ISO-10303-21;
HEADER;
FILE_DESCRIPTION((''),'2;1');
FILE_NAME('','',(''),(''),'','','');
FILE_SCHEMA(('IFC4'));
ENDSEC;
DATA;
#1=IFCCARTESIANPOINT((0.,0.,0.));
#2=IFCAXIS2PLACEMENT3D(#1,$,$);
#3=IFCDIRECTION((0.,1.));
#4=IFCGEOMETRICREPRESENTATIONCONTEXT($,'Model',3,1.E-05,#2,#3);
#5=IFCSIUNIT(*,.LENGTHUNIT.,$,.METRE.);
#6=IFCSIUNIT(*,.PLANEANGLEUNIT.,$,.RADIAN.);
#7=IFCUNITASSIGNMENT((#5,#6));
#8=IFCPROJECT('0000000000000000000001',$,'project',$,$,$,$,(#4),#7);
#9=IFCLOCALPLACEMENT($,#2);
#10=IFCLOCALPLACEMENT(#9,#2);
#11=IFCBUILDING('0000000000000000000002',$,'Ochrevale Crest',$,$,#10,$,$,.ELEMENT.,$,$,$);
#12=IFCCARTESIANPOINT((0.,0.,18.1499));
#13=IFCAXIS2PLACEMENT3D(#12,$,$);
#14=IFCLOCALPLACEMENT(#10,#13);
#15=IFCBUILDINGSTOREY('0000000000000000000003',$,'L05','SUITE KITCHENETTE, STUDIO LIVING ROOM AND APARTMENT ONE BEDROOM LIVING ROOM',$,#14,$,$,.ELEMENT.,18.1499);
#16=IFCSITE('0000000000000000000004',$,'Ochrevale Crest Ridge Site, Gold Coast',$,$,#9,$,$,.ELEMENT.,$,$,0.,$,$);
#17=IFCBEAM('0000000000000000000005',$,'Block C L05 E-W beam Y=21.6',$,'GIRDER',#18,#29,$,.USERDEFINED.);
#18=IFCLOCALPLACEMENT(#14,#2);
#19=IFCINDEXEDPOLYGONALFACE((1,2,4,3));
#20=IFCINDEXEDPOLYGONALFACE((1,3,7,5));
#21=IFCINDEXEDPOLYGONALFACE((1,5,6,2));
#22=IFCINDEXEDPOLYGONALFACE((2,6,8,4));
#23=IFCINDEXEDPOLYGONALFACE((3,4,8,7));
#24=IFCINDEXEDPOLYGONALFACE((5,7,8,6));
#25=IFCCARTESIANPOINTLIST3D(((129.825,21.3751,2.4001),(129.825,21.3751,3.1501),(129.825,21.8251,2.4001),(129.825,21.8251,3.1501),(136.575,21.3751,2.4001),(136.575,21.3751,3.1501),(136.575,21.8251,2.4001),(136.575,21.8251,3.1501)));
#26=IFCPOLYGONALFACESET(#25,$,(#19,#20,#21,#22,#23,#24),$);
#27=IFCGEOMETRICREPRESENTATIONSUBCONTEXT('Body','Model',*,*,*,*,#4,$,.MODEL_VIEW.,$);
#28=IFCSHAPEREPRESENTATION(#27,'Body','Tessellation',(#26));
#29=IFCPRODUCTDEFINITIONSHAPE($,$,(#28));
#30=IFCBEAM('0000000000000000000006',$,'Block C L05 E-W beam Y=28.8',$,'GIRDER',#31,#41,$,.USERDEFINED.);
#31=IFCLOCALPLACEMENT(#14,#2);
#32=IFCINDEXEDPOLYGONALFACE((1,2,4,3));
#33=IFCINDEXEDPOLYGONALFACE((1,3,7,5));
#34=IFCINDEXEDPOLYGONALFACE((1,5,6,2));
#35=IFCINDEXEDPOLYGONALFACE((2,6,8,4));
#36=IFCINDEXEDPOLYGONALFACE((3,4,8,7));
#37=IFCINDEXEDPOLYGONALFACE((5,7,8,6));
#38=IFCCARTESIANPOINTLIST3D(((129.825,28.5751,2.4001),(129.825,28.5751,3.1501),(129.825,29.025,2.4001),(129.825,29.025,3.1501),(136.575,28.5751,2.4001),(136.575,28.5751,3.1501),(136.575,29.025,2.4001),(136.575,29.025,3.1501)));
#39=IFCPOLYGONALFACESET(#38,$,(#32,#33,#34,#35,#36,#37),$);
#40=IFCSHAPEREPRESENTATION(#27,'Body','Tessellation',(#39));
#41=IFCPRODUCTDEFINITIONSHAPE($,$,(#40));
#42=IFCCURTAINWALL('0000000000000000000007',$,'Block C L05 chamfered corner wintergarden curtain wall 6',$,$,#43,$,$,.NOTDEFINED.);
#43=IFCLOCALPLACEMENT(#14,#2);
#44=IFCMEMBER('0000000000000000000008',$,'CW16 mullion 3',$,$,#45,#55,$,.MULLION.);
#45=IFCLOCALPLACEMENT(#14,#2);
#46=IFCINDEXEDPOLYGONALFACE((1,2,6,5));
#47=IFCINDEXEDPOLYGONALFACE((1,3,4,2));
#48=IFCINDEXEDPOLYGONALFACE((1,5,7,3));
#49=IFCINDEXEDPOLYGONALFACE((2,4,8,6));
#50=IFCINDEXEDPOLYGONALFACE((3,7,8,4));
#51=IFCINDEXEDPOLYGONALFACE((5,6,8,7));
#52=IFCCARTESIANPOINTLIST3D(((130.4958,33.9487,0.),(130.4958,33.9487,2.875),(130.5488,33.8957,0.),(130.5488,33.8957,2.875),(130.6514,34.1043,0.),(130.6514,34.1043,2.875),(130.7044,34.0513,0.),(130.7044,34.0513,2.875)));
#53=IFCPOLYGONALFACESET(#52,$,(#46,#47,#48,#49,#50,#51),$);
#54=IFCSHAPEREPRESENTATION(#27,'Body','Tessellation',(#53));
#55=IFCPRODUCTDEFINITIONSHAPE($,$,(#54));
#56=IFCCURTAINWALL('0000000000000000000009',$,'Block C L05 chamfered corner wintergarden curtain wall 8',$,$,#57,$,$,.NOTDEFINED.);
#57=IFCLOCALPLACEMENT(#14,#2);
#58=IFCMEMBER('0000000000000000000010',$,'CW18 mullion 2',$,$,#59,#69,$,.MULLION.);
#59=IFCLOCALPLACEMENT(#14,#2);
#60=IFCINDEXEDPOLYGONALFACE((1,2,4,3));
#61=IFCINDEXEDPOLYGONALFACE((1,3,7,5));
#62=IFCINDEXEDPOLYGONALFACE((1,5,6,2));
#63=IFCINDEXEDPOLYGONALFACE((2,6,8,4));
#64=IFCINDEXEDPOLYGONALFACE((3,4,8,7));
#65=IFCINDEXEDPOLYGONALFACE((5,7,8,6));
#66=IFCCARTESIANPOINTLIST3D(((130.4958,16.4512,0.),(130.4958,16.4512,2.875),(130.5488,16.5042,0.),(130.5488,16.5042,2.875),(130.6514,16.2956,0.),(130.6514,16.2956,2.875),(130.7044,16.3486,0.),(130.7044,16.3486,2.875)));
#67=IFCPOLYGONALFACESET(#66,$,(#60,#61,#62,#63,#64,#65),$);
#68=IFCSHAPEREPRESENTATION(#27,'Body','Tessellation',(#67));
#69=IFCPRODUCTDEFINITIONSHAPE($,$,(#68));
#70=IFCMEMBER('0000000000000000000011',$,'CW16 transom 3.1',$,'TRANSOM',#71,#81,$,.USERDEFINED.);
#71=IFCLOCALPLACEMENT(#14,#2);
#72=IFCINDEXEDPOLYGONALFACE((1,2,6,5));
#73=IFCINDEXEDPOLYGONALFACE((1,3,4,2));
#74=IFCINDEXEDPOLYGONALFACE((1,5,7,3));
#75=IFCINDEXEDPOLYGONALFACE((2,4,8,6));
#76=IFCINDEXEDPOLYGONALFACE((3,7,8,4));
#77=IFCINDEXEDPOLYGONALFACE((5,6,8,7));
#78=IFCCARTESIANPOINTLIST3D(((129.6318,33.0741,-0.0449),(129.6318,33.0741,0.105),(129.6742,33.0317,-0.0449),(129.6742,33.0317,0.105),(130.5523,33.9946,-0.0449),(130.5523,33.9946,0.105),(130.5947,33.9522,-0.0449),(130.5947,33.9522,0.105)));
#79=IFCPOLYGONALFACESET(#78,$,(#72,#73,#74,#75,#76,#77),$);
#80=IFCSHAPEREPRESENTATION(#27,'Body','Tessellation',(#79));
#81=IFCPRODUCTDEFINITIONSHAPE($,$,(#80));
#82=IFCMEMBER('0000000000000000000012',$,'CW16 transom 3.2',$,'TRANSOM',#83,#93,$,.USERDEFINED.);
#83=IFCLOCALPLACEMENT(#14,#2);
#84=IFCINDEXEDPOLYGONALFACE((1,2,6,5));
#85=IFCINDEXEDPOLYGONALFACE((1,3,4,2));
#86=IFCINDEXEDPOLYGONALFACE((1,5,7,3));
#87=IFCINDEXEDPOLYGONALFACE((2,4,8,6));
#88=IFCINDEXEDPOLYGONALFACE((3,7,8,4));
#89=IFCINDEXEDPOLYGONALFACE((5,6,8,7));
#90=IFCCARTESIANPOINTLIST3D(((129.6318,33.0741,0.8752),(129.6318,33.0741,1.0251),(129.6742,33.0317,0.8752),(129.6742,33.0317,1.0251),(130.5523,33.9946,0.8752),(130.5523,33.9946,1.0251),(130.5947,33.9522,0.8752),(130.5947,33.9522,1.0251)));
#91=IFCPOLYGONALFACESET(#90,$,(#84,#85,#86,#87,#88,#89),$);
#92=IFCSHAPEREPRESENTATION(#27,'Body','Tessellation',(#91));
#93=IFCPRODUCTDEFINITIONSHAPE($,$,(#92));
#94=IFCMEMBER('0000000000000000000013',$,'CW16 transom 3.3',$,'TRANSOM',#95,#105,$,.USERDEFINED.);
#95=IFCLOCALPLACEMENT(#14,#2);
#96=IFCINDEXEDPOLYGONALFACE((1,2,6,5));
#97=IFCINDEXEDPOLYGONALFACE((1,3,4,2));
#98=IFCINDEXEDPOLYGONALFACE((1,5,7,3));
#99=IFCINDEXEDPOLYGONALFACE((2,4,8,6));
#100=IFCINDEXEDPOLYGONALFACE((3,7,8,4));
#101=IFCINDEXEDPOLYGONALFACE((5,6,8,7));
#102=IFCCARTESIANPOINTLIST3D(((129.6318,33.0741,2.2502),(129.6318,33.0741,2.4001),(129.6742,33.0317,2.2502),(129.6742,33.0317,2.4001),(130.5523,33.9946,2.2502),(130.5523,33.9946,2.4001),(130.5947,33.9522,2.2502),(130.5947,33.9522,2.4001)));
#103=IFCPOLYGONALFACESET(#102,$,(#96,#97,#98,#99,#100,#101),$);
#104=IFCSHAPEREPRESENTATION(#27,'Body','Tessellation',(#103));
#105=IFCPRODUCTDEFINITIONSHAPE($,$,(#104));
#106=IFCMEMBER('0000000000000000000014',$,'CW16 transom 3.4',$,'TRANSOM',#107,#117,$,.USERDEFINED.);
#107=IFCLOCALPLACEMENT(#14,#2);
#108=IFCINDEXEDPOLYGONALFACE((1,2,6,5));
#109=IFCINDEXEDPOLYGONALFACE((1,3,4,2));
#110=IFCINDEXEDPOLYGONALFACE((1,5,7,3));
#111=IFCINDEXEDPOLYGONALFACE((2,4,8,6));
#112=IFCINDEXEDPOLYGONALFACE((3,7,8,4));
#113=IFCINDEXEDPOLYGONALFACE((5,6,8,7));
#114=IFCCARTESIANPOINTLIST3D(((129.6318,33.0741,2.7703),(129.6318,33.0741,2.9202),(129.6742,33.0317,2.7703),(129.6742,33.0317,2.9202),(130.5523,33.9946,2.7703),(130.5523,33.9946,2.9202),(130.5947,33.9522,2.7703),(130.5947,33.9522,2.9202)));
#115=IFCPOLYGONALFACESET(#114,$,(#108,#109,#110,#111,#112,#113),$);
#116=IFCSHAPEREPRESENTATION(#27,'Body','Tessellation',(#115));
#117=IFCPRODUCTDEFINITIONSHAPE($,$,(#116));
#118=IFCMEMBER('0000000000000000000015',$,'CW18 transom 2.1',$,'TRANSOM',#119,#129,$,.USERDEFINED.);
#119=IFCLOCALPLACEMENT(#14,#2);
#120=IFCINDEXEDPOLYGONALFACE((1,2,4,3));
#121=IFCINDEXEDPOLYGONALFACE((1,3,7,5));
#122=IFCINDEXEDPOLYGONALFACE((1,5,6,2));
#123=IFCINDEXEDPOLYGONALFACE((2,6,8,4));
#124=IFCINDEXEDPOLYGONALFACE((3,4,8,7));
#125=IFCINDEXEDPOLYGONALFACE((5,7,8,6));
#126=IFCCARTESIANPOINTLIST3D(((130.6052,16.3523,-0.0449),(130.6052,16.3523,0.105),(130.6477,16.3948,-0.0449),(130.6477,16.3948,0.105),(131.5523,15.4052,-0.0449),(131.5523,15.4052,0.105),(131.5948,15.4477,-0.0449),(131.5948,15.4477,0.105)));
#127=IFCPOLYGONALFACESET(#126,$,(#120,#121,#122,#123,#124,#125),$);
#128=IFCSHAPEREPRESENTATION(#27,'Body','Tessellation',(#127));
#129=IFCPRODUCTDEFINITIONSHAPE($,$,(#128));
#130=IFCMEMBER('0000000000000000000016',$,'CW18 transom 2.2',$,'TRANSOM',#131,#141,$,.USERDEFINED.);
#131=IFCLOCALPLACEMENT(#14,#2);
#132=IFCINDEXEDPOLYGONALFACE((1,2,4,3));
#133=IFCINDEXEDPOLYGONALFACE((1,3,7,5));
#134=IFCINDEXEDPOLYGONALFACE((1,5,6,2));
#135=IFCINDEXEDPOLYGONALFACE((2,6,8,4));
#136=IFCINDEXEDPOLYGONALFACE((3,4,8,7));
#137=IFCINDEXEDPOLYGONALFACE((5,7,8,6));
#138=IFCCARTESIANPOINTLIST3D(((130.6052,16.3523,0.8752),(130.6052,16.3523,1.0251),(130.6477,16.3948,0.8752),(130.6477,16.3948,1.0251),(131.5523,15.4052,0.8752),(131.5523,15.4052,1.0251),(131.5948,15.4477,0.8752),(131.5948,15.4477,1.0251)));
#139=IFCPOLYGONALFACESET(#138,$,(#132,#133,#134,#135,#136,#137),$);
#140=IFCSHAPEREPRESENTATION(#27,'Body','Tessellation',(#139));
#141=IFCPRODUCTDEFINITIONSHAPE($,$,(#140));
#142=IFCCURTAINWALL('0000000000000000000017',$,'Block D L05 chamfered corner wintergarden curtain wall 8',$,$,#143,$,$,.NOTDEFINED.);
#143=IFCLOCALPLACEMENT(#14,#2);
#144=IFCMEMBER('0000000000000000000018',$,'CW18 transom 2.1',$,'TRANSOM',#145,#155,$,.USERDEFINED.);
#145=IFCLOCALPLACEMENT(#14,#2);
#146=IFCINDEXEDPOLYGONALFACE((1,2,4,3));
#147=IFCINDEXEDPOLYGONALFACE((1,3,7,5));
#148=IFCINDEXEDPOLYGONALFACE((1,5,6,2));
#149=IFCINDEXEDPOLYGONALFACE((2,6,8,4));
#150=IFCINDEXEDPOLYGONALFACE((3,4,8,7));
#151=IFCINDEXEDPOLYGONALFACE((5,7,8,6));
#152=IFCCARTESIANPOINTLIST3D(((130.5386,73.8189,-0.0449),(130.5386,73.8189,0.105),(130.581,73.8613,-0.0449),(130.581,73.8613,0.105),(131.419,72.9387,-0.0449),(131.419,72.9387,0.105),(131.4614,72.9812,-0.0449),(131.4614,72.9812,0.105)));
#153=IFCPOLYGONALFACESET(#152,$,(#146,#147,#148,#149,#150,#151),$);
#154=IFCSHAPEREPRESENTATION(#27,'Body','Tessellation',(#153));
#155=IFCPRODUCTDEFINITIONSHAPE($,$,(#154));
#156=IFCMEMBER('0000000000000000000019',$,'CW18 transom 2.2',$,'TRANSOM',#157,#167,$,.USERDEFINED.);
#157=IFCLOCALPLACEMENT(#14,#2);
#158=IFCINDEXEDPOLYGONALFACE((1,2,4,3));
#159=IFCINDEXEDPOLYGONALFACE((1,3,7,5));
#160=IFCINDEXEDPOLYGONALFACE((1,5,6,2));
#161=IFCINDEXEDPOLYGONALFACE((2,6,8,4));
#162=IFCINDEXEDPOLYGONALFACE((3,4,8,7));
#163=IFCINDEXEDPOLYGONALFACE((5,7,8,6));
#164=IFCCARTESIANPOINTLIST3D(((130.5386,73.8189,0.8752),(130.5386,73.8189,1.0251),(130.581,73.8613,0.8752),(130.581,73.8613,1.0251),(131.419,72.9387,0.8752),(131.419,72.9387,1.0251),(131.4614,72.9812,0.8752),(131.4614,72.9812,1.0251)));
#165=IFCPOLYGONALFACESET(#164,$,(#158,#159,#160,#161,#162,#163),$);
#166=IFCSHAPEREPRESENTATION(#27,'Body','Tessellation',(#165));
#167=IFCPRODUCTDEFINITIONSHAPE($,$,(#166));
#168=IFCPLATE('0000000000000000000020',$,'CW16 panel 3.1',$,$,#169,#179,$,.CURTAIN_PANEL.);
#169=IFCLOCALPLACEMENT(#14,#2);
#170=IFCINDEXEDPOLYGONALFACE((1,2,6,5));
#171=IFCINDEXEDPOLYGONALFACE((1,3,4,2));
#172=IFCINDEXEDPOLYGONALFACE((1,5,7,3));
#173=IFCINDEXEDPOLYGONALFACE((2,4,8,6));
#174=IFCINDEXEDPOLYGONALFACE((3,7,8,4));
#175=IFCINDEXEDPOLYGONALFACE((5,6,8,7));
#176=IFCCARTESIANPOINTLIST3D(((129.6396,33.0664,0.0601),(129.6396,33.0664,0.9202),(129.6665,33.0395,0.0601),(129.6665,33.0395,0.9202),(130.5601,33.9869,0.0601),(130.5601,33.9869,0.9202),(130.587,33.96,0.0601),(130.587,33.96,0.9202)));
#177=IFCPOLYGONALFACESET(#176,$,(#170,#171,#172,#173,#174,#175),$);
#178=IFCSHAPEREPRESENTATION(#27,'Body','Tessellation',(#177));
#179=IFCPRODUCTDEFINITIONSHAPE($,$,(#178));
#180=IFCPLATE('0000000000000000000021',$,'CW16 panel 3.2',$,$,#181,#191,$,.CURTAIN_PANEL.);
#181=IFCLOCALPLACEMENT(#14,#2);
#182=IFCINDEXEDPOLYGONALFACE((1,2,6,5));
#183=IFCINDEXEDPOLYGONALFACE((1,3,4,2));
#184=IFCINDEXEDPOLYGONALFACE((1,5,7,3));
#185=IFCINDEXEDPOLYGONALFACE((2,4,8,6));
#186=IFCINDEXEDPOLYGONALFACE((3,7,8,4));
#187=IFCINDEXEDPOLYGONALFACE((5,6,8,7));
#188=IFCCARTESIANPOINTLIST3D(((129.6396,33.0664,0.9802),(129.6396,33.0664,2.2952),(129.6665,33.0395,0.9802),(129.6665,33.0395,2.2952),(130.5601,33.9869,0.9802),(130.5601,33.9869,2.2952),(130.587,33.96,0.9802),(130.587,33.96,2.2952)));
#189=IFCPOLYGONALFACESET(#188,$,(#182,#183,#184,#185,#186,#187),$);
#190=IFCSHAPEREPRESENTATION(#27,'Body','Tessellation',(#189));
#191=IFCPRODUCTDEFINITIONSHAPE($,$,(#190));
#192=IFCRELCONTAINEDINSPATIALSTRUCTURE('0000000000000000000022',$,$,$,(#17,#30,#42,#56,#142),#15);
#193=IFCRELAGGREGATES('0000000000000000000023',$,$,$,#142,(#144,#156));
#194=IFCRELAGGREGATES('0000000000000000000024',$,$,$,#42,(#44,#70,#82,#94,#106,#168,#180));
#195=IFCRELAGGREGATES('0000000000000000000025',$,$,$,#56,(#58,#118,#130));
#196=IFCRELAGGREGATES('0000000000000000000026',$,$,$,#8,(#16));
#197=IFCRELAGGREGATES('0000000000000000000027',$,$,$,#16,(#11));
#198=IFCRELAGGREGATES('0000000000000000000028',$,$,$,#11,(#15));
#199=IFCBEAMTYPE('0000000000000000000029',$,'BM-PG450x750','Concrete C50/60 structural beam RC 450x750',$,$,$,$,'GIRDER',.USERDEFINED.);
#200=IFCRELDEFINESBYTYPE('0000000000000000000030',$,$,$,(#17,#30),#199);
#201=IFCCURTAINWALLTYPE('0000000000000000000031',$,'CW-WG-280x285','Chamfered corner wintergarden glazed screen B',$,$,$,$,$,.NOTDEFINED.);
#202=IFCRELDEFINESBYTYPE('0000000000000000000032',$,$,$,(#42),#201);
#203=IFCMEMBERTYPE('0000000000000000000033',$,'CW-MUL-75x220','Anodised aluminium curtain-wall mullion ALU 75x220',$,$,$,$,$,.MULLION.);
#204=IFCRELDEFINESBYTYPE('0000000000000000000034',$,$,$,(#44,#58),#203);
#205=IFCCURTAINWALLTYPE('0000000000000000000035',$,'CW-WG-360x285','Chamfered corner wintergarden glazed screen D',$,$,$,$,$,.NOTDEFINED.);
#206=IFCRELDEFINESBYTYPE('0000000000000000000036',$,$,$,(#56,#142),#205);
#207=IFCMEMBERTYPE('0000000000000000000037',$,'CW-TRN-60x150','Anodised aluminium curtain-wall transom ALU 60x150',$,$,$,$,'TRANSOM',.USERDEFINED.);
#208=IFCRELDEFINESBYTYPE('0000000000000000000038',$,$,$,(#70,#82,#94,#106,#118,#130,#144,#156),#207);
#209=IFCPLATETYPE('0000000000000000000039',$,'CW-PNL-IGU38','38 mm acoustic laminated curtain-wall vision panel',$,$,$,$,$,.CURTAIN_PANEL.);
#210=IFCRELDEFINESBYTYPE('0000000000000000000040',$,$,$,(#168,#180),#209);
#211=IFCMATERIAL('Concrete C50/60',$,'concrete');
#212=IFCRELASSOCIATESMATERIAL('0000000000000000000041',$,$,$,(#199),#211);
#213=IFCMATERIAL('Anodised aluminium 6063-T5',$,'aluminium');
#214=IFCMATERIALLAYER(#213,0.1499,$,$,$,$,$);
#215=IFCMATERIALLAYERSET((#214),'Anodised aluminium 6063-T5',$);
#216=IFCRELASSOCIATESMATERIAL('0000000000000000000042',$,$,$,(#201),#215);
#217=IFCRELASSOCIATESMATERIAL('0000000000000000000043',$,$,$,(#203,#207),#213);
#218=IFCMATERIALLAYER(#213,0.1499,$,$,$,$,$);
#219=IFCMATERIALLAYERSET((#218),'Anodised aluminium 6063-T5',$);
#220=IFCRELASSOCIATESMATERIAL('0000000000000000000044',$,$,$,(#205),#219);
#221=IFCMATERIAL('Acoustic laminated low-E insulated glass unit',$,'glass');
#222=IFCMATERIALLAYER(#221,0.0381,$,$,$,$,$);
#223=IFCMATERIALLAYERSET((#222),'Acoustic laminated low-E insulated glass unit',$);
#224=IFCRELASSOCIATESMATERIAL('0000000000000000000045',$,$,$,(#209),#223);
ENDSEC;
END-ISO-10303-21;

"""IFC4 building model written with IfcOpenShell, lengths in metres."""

from ifc_helpers import new_model, si_unit, direction, frame, origin, origin_2d, place, context, subcontext, project, spatial, rectangle, extrude, material, layer, layer_set, material_profile, profile_set, type_object, element, aggregate, save


model = new_model("IFC4")

# Units and contexts
model_context = context("Model", 3, precision=1e-05, world=origin(), true_north=direction((0.0, 1.0)))
body_context = subcontext(model_context, "Body", "Model", "MODEL_VIEW")
ifc_project = project(units=[si_unit("LENGTHUNIT", "METRE"), si_unit("PLANEANGLEUNIT", "RADIAN")], contexts=[model_context])

# Site, building, storey
site_placement = place(None, origin())
site = spatial("IfcSite", under=ifc_project, at=site_placement, Name="Ochrevale Crest Ridge Site, Gold Coast", CompositionType="ELEMENT", RefElevation=0.0)
building_placement = place(site_placement, origin())
building = spatial("IfcBuilding", under=site, at=building_placement, Name="Ochrevale Crest", CompositionType="ELEMENT")
storey_placement = place(building_placement, frame((0.0, 0.0, 18.1499)))
storey = spatial("IfcBuildingStorey", under=building, at=storey_placement, Name="L05", Description="SUITE KITCHENETTE, STUDIO LIVING ROOM AND APARTMENT ONE BEDROOM LIVING ROOM", CompositionType="ELEMENT", Elevation=18.1499)

# Beams
ifc_material_1 = material(Name="Concrete C50/60", Category="concrete")
ifc_material_profile_1 = material_profile(ifc_material_1, rectangle(XDim=0.45, YDim=0.75, at=origin_2d()), Name="RC 450x750")
ifc_profile_set_1 = profile_set([ifc_material_profile_1], Name="Concrete C50/60")
beam_type = type_object("IfcBeamType", Name="BM-PG450x750", Description="Concrete C50/60 structural beam RC 450x750", ElementType="GIRDER", PredefinedType="USERDEFINED", material=ifc_profile_set_1)
for number, where, z_axis, x_axis, name in (
    (1, (129.825, 21.6001, 2.7751), (1.0, 0.0, 0.0), (0.0, 1.0, 0.0), "Block C L05 E-W beam Y=21.6"),
    (2, (129.825, 28.8, 2.7751), (1.0, 0.0, 0.0), (0.0, 1.0, 0.0), "Block C L05 E-W beam Y=28.8"),
):
    element("IfcBeam", number, at=place(storey_placement, frame(where, z_axis=z_axis, x_axis=x_axis)), inside=storey, type_object=beam_type, Name=name, ObjectType="GIRDER", PredefinedType="USERDEFINED", context=body_context, shape_type="SweptSolid", body=[
        extrude(rectangle(XDim=0.45, YDim=0.75, at=origin_2d()), origin(), (0.0, 0.0, 1.0), 6.75),
    ])

# Curtain walls, members
ifc_material_2 = material(Name="Anodised aluminium 6063-T5", Category="aluminium")
ifc_layer_1 = layer(ifc_material_2, 0.1499)
ifc_layer_set_1 = layer_set([ifc_layer_1], Name="Anodised aluminium 6063-T5")
curtain_wall_type_1 = type_object("IfcCurtainWallType", Name="CW-WG-280x285", Description="Chamfered corner wintergarden glazed screen B", PredefinedType="NOTDEFINED", material=ifc_layer_set_1)
curtain_wall_1_placement = place(storey_placement, origin())
curtain_wall_1 = element("IfcCurtainWall", 3, at=curtain_wall_1_placement, inside=storey, type_object=curtain_wall_type_1, Name="Block C L05 chamfered corner wintergarden curtain wall 6", PredefinedType="NOTDEFINED")
ifc_material_profile_2 = material_profile(ifc_material_2, rectangle(XDim=0.075, YDim=0.22, at=origin_2d()), Name="ALU 75x220")
ifc_profile_set_2 = profile_set([ifc_material_profile_2], Name="Anodised aluminium 6063-T5")
member_type_1 = type_object("IfcMemberType", Name="CW-MUL-75x220", Description="Anodised aluminium curtain-wall mullion ALU 75x220", PredefinedType="MULLION", material=ifc_profile_set_2)
member_1_placement = place(storey_placement, frame((130.6001, 34.0, 0.0), z_axis=(0.0, 0.0, 1.0), x_axis=(0.707107, -0.707107, 0.0)))
member_1 = element("IfcMember", 4, at=member_1_placement, type_object=member_type_1, Name="CW16 mullion 3", PredefinedType="MULLION", context=body_context, shape_type="SweptSolid", body=[
    extrude(rectangle(XDim=0.075, YDim=0.22, at=origin_2d()), origin(), (0.0, 0.0, 1.0), 2.875),
])
ifc_layer_2 = layer(ifc_material_2, 0.1499)
ifc_layer_set_2 = layer_set([ifc_layer_2], Name="Anodised aluminium 6063-T5")
curtain_wall_type_2 = type_object("IfcCurtainWallType", Name="CW-WG-360x285", Description="Chamfered corner wintergarden glazed screen D", PredefinedType="NOTDEFINED", material=ifc_layer_set_2)
curtain_wall_2_placement = place(storey_placement, origin())
curtain_wall_2 = element("IfcCurtainWall", 5, at=curtain_wall_2_placement, inside=storey, type_object=curtain_wall_type_2, Name="Block C L05 chamfered corner wintergarden curtain wall 8", PredefinedType="NOTDEFINED")
member_2_placement = place(storey_placement, frame((130.6001, 16.3999, 0.0), z_axis=(0.0, 0.0, 1.0), x_axis=(0.707107, 0.707107, 0.0)))
member_2 = element("IfcMember", 6, at=member_2_placement, type_object=member_type_1, Name="CW18 mullion 2", PredefinedType="MULLION", context=body_context, shape_type="SweptSolid", body=[
    extrude(rectangle(XDim=0.075, YDim=0.22, at=origin_2d()), origin(), (0.0, 0.0, 1.0), 2.875),
])

# Members
ifc_material_profile_3 = material_profile(ifc_material_2, rectangle(XDim=0.0601, YDim=0.1499, at=origin_2d()), Name="ALU 60x150")
ifc_profile_set_3 = profile_set([ifc_material_profile_3], Name="Anodised aluminium 6063-T5")
member_type_2 = type_object("IfcMemberType", Name="CW-TRN-60x150", Description="Anodised aluminium curtain-wall transom ALU 60x150", ElementType="TRANSOM", PredefinedType="USERDEFINED", material=ifc_profile_set_3)
member_3_placement = place(storey_placement, frame((130.5735, 33.9734, 0.03), z_axis=(-0.707107, -0.707107, 0.0), x_axis=(0.707107, -0.707107, 0.0)))
member_3 = element("IfcMember", 7, at=member_3_placement, type_object=member_type_2, Name="CW16 transom 3.1", ObjectType="TRANSOM", PredefinedType="USERDEFINED", context=body_context, shape_type="SweptSolid", body=[
    extrude(rectangle(XDim=0.0601, YDim=0.1499, at=origin_2d()), origin(), (0.0, 0.0, 1.0), 1.3018),
])
member_4_placement = place(storey_placement, frame((130.5735, 33.9734, 0.9502), z_axis=(-0.707107, -0.707107, 0.0), x_axis=(0.707107, -0.707107, 0.0)))
member_4 = element("IfcMember", 8, at=member_4_placement, type_object=member_type_2, Name="CW16 transom 3.2", ObjectType="TRANSOM", PredefinedType="USERDEFINED", context=body_context, shape_type="SweptSolid", body=[
    extrude(rectangle(XDim=0.0601, YDim=0.1499, at=origin_2d()), origin(), (0.0, 0.0, 1.0), 1.3018),
])
member_5_placement = place(storey_placement, frame((130.5735, 33.9734, 2.3252), z_axis=(-0.707107, -0.707107, 0.0), x_axis=(0.707107, -0.707107, 0.0)))
member_5 = element("IfcMember", 9, at=member_5_placement, type_object=member_type_2, Name="CW16 transom 3.3", ObjectType="TRANSOM", PredefinedType="USERDEFINED", context=body_context, shape_type="SweptSolid", body=[
    extrude(rectangle(XDim=0.0601, YDim=0.1499, at=origin_2d()), origin(), (0.0, 0.0, 1.0), 1.3018),
])
member_6_placement = place(storey_placement, frame((130.5735, 33.9734, 2.8452), z_axis=(-0.707107, -0.707107, 0.0), x_axis=(0.707107, -0.707107, 0.0)))
member_6 = element("IfcMember", 10, at=member_6_placement, type_object=member_type_2, Name="CW16 transom 3.4", ObjectType="TRANSOM", PredefinedType="USERDEFINED", context=body_context, shape_type="SweptSolid", body=[
    extrude(rectangle(XDim=0.0601, YDim=0.1499, at=origin_2d()), origin(), (0.0, 0.0, 1.0), 1.3018),
])
member_7_placement = place(storey_placement, frame((130.6265, 16.3735, 0.03), z_axis=(0.707107, -0.707107, 0.0), x_axis=(0.707107, 0.707107, 0.0)))
member_7 = element("IfcMember", 11, at=member_7_placement, type_object=member_type_2, Name="CW18 transom 2.1", ObjectType="TRANSOM", PredefinedType="USERDEFINED", context=body_context, shape_type="SweptSolid", body=[
    extrude(rectangle(XDim=0.0601, YDim=0.1499, at=origin_2d()), origin(), (0.0, 0.0, 1.0), 1.3394),
])
member_8_placement = place(storey_placement, frame((130.6265, 16.3735, 0.9502), z_axis=(0.707107, -0.707107, 0.0), x_axis=(0.707107, 0.707107, 0.0)))
member_8 = element("IfcMember", 12, at=member_8_placement, type_object=member_type_2, Name="CW18 transom 2.2", ObjectType="TRANSOM", PredefinedType="USERDEFINED", context=body_context, shape_type="SweptSolid", body=[
    extrude(rectangle(XDim=0.0601, YDim=0.1499, at=origin_2d()), origin(), (0.0, 0.0, 1.0), 1.3394),
])

# Curtain wall, members
curtain_wall_3_placement = place(storey_placement, origin())
curtain_wall_3 = element("IfcCurtainWall", 13, at=curtain_wall_3_placement, inside=storey, type_object=curtain_wall_type_2, Name="Block D L05 chamfered corner wintergarden curtain wall 8", PredefinedType="NOTDEFINED")
member_9_placement = place(storey_placement, frame((130.5598, 73.8401, 0.03), z_axis=(0.707205, -0.707009, 0.0), x_axis=(0.707009, 0.707205, 0.0)))
member_9 = element("IfcMember", 14, at=member_9_placement, type_object=member_type_2, Name="CW18 transom 2.1", ObjectType="TRANSOM", PredefinedType="USERDEFINED", context=body_context, shape_type="SweptSolid", body=[
    extrude(rectangle(XDim=0.0601, YDim=0.1499, at=origin_2d()), origin(), (0.0, 0.0, 1.0), 1.2449),
])
member_10_placement = place(storey_placement, frame((130.5598, 73.8401, 0.9502), z_axis=(0.707205, -0.707009, 0.0), x_axis=(0.707009, 0.707205, 0.0)))
member_10 = element("IfcMember", 15, at=member_10_placement, type_object=member_type_2, Name="CW18 transom 2.2", ObjectType="TRANSOM", PredefinedType="USERDEFINED", context=body_context, shape_type="SweptSolid", body=[
    extrude(rectangle(XDim=0.0601, YDim=0.1499, at=origin_2d()), origin(), (0.0, 0.0, 1.0), 1.2449),
])
aggregate(curtain_wall_3, [member_9, member_10])

# Plates
ifc_material_3 = material(Name="Acoustic laminated low-E insulated glass unit", Category="glass")
ifc_layer_3 = layer(ifc_material_3, 0.0381)
ifc_layer_set_3 = layer_set([ifc_layer_3], Name="Acoustic laminated low-E insulated glass unit")
plate_type = type_object("IfcPlateType", Name="CW-PNL-IGU38", Description="38 mm acoustic laminated curtain-wall vision panel", PredefinedType="CURTAIN_PANEL", material=ifc_layer_set_3)
plate_1_placement = place(storey_placement, frame((130.1133, 33.5132, 0.0601), z_axis=(0.0, 0.0, 1.0), x_axis=(-0.707107, -0.707107, 0.0)))
plate_1 = element("IfcPlate", 16, at=plate_1_placement, type_object=plate_type, Name="CW16 panel 3.1", PredefinedType="CURTAIN_PANEL", context=body_context, shape_type="SweptSolid", body=[
    extrude(rectangle(XDim=1.3018, YDim=0.0381, at=origin_2d()), origin(), (0.0, 0.0, 1.0), 0.8601),
])
plate_2_placement = place(storey_placement, frame((130.1133, 33.5132, 0.9802), z_axis=(0.0, 0.0, 1.0), x_axis=(-0.707107, -0.707107, 0.0)))
plate_2 = element("IfcPlate", 17, at=plate_2_placement, type_object=plate_type, Name="CW16 panel 3.2", PredefinedType="CURTAIN_PANEL", context=body_context, shape_type="SweptSolid", body=[
    extrude(rectangle(XDim=1.3018, YDim=0.0381, at=origin_2d()), origin(), (0.0, 0.0, 1.0), 1.3149),
])
aggregate(curtain_wall_1, [member_1, member_3, member_4, member_5, member_6, plate_1, plate_2])
aggregate(curtain_wall_2, [member_2, member_7, member_8])

save(model, "model.ifc")
